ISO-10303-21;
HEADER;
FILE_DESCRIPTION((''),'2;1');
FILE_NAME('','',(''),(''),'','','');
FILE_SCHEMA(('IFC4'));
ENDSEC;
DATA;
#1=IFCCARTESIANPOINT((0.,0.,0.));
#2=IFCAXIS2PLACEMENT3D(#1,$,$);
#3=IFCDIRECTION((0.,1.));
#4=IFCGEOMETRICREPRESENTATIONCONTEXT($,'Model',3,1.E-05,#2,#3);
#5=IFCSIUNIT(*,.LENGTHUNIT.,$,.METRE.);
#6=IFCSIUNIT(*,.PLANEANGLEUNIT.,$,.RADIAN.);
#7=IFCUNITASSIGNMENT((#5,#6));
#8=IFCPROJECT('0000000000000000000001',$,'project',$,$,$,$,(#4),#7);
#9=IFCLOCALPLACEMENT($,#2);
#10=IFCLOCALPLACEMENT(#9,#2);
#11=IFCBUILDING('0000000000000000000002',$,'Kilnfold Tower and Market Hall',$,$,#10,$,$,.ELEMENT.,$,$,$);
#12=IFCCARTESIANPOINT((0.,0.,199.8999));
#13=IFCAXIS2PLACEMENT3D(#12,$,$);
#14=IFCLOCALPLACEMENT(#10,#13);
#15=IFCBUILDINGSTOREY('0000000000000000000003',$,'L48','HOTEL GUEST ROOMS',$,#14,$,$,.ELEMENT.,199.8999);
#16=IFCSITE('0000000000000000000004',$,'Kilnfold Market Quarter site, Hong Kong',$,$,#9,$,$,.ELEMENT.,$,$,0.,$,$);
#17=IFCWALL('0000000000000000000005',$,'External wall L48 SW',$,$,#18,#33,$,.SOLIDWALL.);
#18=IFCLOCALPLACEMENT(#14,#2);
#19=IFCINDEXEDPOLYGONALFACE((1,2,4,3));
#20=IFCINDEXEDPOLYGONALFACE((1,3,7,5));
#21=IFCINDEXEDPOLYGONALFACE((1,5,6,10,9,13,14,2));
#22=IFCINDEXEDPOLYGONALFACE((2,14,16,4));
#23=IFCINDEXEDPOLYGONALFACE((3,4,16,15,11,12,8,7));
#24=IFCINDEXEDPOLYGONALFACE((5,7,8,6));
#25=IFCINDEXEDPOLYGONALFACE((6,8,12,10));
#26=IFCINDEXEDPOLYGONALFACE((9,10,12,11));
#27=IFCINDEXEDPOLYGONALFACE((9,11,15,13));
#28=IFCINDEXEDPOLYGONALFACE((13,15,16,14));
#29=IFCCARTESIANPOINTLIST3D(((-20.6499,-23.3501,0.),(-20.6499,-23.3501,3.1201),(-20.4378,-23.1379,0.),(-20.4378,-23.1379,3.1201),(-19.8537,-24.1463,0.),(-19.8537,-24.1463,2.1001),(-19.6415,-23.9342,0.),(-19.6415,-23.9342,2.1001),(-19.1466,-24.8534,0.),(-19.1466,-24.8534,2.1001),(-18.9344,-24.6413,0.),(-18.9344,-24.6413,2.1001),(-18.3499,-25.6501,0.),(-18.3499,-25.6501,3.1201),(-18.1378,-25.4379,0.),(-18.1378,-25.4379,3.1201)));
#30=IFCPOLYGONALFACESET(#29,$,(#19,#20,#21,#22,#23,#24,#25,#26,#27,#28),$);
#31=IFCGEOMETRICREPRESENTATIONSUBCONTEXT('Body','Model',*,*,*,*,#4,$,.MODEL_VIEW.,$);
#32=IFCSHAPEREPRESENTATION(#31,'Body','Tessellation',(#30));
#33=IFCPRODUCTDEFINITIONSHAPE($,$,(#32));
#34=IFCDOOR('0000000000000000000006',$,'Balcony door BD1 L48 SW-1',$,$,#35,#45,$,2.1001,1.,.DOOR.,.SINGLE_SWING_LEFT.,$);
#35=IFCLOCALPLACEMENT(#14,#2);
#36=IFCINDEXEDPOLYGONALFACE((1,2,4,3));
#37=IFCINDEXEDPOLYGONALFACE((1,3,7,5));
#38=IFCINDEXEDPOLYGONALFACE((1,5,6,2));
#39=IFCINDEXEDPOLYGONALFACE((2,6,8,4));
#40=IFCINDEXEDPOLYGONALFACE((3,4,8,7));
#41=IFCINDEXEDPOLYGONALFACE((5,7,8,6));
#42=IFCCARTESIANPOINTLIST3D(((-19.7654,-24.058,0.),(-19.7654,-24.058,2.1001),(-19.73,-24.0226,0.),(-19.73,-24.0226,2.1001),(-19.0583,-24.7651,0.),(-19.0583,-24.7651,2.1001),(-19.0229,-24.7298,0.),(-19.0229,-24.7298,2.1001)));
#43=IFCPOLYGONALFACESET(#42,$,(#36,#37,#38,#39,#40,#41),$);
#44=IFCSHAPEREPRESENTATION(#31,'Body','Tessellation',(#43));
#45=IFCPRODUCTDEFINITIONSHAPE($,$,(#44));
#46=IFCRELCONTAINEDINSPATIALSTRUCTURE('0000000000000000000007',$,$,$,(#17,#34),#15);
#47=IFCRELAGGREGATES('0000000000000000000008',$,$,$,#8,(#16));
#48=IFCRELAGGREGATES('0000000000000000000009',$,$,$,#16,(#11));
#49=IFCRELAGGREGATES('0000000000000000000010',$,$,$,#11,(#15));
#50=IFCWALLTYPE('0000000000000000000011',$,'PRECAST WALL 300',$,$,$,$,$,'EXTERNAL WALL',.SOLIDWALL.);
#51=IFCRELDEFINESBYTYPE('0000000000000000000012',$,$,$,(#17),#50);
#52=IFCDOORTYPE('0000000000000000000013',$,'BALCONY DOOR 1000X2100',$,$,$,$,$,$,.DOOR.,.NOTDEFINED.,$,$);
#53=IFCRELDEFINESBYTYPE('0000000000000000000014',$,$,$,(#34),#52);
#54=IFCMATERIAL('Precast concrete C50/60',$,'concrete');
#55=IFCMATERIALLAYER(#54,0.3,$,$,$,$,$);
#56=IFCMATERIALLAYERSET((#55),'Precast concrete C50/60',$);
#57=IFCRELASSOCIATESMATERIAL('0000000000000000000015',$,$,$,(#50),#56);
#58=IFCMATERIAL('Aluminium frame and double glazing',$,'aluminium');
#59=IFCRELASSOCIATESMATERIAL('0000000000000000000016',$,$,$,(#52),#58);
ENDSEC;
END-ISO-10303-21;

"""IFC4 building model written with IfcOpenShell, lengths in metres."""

from ifc_helpers import new_model, si_unit, direction, frame, frame_2d, origin, place, context, subcontext, project, spatial, rectangle, extrude, source, transform, mapped, material, layer, layer_set, type_object, element, fill, save


model = new_model("IFC4")

# Units and contexts
model_context = context("Model", 3, precision=1e-05, world=origin(), true_north=direction((0.0, 1.0)))
body_context = subcontext(model_context, "Body", "Model", "MODEL_VIEW")
ifc_project = project(units=[si_unit("LENGTHUNIT", "METRE"), si_unit("PLANEANGLEUNIT", "RADIAN")], contexts=[model_context])

# Site, building, storey
site_placement = place(None, origin())
site = spatial("IfcSite", under=ifc_project, at=site_placement, Name="Kilnfold Market Quarter site, Hong Kong", CompositionType="ELEMENT", RefElevation=0.0)
building_placement = place(site_placement, origin())
building = spatial("IfcBuilding", under=site, at=building_placement, Name="Kilnfold Tower and Market Hall", CompositionType="ELEMENT")
storey_placement = place(building_placement, frame((0.0, 0.0, 199.8999)))
storey = spatial("IfcBuildingStorey", under=building, at=storey_placement, Name="L48", Description="HOTEL GUEST ROOMS", CompositionType="ELEMENT", Elevation=199.8999)

# Shared definitions
ifc_material_1 = material(Name="Precast concrete C50/60", Category="concrete")
ifc_layer_1 = layer(ifc_material_1, 0.3)
ifc_layer_set_1 = layer_set([ifc_layer_1], Name="Precast concrete C50/60")
wall_type_1 = type_object("IfcWallType", Name="PRECAST WALL 300", ElementType="EXTERNAL WALL", PredefinedType="SOLIDWALL", material=ifc_layer_set_1)

# Wall, opening, door
ifc_material_2 = material(Name="Aluminium frame and double glazing", Category="aluminium")
door_type_1 = type_object("IfcDoorType", Name="BALCONY DOOR 1000X2100", OperationType="NOTDEFINED", PredefinedType="DOOR", material=ifc_material_2)
shared_shape_1 = source(origin(), body_context, "Body", "SweptSolid", [
    extrude(rectangle(XDim=3.2527, YDim=0.3, at=frame_2d((1.6265, 0.0))), origin(), (0.0, 0.0, 1.0), 3.1201),
])
wall_1_placement = place(storey_placement, frame((-20.5439, -23.2439, 0.0), z_axis=(0.0, 0.0, 1.0), x_axis=(0.707107, -0.707107, 0.0)))
wall_1 = element("IfcWall", 1, at=wall_1_placement, inside=storey, type_object=wall_type_1, Name="External wall L48 SW", PredefinedType="SOLIDWALL", context=body_context, shape_type="MappedRepresentation", body=[
    mapped(shared_shape_1, transform((0.0, 0.0, 0.0))),
])
opening_1_placement = place(wall_1_placement, frame((1.1262, 0.0, 0.0)))
opening_1 = element("IfcOpeningElement", 2, at=opening_1_placement, cuts=wall_1, PredefinedType="OPENING", context=body_context, shape_type="SweptSolid", body=[
    extrude(rectangle(XDim=1.0, YDim=2.1001, at=frame_2d((0.5, 1.05))), frame((0.0, 0.1602, 0.0), z_axis=(0.0, -1.0, 0.0), x_axis=(1.0, 0.0, 0.0)), (0.0, 0.0, 1.0), 0.3201),
])
door_1_placement = place(opening_1_placement, origin())
door_1 = element("IfcDoor", 3, at=door_1_placement, inside=storey, type_object=door_type_1, Name="Balcony door BD1 L48 SW-1", OperationType="SINGLE_SWING_LEFT", OverallHeight=2.1001, OverallWidth=1.0, PredefinedType="DOOR", context=body_context, shape_type="SweptSolid", body=[
    extrude(rectangle(XDim=1.0, YDim=2.1001, at=frame_2d((0.5, 1.05))), frame((0.0, 0.0249, 0.0), z_axis=(0.0, -1.0, 0.0), x_axis=(1.0, 0.0, 0.0)), (0.0, 0.0, 1.0), 0.05),
])
fill(opening_1, door_1)

save(model, "model.ifc")
